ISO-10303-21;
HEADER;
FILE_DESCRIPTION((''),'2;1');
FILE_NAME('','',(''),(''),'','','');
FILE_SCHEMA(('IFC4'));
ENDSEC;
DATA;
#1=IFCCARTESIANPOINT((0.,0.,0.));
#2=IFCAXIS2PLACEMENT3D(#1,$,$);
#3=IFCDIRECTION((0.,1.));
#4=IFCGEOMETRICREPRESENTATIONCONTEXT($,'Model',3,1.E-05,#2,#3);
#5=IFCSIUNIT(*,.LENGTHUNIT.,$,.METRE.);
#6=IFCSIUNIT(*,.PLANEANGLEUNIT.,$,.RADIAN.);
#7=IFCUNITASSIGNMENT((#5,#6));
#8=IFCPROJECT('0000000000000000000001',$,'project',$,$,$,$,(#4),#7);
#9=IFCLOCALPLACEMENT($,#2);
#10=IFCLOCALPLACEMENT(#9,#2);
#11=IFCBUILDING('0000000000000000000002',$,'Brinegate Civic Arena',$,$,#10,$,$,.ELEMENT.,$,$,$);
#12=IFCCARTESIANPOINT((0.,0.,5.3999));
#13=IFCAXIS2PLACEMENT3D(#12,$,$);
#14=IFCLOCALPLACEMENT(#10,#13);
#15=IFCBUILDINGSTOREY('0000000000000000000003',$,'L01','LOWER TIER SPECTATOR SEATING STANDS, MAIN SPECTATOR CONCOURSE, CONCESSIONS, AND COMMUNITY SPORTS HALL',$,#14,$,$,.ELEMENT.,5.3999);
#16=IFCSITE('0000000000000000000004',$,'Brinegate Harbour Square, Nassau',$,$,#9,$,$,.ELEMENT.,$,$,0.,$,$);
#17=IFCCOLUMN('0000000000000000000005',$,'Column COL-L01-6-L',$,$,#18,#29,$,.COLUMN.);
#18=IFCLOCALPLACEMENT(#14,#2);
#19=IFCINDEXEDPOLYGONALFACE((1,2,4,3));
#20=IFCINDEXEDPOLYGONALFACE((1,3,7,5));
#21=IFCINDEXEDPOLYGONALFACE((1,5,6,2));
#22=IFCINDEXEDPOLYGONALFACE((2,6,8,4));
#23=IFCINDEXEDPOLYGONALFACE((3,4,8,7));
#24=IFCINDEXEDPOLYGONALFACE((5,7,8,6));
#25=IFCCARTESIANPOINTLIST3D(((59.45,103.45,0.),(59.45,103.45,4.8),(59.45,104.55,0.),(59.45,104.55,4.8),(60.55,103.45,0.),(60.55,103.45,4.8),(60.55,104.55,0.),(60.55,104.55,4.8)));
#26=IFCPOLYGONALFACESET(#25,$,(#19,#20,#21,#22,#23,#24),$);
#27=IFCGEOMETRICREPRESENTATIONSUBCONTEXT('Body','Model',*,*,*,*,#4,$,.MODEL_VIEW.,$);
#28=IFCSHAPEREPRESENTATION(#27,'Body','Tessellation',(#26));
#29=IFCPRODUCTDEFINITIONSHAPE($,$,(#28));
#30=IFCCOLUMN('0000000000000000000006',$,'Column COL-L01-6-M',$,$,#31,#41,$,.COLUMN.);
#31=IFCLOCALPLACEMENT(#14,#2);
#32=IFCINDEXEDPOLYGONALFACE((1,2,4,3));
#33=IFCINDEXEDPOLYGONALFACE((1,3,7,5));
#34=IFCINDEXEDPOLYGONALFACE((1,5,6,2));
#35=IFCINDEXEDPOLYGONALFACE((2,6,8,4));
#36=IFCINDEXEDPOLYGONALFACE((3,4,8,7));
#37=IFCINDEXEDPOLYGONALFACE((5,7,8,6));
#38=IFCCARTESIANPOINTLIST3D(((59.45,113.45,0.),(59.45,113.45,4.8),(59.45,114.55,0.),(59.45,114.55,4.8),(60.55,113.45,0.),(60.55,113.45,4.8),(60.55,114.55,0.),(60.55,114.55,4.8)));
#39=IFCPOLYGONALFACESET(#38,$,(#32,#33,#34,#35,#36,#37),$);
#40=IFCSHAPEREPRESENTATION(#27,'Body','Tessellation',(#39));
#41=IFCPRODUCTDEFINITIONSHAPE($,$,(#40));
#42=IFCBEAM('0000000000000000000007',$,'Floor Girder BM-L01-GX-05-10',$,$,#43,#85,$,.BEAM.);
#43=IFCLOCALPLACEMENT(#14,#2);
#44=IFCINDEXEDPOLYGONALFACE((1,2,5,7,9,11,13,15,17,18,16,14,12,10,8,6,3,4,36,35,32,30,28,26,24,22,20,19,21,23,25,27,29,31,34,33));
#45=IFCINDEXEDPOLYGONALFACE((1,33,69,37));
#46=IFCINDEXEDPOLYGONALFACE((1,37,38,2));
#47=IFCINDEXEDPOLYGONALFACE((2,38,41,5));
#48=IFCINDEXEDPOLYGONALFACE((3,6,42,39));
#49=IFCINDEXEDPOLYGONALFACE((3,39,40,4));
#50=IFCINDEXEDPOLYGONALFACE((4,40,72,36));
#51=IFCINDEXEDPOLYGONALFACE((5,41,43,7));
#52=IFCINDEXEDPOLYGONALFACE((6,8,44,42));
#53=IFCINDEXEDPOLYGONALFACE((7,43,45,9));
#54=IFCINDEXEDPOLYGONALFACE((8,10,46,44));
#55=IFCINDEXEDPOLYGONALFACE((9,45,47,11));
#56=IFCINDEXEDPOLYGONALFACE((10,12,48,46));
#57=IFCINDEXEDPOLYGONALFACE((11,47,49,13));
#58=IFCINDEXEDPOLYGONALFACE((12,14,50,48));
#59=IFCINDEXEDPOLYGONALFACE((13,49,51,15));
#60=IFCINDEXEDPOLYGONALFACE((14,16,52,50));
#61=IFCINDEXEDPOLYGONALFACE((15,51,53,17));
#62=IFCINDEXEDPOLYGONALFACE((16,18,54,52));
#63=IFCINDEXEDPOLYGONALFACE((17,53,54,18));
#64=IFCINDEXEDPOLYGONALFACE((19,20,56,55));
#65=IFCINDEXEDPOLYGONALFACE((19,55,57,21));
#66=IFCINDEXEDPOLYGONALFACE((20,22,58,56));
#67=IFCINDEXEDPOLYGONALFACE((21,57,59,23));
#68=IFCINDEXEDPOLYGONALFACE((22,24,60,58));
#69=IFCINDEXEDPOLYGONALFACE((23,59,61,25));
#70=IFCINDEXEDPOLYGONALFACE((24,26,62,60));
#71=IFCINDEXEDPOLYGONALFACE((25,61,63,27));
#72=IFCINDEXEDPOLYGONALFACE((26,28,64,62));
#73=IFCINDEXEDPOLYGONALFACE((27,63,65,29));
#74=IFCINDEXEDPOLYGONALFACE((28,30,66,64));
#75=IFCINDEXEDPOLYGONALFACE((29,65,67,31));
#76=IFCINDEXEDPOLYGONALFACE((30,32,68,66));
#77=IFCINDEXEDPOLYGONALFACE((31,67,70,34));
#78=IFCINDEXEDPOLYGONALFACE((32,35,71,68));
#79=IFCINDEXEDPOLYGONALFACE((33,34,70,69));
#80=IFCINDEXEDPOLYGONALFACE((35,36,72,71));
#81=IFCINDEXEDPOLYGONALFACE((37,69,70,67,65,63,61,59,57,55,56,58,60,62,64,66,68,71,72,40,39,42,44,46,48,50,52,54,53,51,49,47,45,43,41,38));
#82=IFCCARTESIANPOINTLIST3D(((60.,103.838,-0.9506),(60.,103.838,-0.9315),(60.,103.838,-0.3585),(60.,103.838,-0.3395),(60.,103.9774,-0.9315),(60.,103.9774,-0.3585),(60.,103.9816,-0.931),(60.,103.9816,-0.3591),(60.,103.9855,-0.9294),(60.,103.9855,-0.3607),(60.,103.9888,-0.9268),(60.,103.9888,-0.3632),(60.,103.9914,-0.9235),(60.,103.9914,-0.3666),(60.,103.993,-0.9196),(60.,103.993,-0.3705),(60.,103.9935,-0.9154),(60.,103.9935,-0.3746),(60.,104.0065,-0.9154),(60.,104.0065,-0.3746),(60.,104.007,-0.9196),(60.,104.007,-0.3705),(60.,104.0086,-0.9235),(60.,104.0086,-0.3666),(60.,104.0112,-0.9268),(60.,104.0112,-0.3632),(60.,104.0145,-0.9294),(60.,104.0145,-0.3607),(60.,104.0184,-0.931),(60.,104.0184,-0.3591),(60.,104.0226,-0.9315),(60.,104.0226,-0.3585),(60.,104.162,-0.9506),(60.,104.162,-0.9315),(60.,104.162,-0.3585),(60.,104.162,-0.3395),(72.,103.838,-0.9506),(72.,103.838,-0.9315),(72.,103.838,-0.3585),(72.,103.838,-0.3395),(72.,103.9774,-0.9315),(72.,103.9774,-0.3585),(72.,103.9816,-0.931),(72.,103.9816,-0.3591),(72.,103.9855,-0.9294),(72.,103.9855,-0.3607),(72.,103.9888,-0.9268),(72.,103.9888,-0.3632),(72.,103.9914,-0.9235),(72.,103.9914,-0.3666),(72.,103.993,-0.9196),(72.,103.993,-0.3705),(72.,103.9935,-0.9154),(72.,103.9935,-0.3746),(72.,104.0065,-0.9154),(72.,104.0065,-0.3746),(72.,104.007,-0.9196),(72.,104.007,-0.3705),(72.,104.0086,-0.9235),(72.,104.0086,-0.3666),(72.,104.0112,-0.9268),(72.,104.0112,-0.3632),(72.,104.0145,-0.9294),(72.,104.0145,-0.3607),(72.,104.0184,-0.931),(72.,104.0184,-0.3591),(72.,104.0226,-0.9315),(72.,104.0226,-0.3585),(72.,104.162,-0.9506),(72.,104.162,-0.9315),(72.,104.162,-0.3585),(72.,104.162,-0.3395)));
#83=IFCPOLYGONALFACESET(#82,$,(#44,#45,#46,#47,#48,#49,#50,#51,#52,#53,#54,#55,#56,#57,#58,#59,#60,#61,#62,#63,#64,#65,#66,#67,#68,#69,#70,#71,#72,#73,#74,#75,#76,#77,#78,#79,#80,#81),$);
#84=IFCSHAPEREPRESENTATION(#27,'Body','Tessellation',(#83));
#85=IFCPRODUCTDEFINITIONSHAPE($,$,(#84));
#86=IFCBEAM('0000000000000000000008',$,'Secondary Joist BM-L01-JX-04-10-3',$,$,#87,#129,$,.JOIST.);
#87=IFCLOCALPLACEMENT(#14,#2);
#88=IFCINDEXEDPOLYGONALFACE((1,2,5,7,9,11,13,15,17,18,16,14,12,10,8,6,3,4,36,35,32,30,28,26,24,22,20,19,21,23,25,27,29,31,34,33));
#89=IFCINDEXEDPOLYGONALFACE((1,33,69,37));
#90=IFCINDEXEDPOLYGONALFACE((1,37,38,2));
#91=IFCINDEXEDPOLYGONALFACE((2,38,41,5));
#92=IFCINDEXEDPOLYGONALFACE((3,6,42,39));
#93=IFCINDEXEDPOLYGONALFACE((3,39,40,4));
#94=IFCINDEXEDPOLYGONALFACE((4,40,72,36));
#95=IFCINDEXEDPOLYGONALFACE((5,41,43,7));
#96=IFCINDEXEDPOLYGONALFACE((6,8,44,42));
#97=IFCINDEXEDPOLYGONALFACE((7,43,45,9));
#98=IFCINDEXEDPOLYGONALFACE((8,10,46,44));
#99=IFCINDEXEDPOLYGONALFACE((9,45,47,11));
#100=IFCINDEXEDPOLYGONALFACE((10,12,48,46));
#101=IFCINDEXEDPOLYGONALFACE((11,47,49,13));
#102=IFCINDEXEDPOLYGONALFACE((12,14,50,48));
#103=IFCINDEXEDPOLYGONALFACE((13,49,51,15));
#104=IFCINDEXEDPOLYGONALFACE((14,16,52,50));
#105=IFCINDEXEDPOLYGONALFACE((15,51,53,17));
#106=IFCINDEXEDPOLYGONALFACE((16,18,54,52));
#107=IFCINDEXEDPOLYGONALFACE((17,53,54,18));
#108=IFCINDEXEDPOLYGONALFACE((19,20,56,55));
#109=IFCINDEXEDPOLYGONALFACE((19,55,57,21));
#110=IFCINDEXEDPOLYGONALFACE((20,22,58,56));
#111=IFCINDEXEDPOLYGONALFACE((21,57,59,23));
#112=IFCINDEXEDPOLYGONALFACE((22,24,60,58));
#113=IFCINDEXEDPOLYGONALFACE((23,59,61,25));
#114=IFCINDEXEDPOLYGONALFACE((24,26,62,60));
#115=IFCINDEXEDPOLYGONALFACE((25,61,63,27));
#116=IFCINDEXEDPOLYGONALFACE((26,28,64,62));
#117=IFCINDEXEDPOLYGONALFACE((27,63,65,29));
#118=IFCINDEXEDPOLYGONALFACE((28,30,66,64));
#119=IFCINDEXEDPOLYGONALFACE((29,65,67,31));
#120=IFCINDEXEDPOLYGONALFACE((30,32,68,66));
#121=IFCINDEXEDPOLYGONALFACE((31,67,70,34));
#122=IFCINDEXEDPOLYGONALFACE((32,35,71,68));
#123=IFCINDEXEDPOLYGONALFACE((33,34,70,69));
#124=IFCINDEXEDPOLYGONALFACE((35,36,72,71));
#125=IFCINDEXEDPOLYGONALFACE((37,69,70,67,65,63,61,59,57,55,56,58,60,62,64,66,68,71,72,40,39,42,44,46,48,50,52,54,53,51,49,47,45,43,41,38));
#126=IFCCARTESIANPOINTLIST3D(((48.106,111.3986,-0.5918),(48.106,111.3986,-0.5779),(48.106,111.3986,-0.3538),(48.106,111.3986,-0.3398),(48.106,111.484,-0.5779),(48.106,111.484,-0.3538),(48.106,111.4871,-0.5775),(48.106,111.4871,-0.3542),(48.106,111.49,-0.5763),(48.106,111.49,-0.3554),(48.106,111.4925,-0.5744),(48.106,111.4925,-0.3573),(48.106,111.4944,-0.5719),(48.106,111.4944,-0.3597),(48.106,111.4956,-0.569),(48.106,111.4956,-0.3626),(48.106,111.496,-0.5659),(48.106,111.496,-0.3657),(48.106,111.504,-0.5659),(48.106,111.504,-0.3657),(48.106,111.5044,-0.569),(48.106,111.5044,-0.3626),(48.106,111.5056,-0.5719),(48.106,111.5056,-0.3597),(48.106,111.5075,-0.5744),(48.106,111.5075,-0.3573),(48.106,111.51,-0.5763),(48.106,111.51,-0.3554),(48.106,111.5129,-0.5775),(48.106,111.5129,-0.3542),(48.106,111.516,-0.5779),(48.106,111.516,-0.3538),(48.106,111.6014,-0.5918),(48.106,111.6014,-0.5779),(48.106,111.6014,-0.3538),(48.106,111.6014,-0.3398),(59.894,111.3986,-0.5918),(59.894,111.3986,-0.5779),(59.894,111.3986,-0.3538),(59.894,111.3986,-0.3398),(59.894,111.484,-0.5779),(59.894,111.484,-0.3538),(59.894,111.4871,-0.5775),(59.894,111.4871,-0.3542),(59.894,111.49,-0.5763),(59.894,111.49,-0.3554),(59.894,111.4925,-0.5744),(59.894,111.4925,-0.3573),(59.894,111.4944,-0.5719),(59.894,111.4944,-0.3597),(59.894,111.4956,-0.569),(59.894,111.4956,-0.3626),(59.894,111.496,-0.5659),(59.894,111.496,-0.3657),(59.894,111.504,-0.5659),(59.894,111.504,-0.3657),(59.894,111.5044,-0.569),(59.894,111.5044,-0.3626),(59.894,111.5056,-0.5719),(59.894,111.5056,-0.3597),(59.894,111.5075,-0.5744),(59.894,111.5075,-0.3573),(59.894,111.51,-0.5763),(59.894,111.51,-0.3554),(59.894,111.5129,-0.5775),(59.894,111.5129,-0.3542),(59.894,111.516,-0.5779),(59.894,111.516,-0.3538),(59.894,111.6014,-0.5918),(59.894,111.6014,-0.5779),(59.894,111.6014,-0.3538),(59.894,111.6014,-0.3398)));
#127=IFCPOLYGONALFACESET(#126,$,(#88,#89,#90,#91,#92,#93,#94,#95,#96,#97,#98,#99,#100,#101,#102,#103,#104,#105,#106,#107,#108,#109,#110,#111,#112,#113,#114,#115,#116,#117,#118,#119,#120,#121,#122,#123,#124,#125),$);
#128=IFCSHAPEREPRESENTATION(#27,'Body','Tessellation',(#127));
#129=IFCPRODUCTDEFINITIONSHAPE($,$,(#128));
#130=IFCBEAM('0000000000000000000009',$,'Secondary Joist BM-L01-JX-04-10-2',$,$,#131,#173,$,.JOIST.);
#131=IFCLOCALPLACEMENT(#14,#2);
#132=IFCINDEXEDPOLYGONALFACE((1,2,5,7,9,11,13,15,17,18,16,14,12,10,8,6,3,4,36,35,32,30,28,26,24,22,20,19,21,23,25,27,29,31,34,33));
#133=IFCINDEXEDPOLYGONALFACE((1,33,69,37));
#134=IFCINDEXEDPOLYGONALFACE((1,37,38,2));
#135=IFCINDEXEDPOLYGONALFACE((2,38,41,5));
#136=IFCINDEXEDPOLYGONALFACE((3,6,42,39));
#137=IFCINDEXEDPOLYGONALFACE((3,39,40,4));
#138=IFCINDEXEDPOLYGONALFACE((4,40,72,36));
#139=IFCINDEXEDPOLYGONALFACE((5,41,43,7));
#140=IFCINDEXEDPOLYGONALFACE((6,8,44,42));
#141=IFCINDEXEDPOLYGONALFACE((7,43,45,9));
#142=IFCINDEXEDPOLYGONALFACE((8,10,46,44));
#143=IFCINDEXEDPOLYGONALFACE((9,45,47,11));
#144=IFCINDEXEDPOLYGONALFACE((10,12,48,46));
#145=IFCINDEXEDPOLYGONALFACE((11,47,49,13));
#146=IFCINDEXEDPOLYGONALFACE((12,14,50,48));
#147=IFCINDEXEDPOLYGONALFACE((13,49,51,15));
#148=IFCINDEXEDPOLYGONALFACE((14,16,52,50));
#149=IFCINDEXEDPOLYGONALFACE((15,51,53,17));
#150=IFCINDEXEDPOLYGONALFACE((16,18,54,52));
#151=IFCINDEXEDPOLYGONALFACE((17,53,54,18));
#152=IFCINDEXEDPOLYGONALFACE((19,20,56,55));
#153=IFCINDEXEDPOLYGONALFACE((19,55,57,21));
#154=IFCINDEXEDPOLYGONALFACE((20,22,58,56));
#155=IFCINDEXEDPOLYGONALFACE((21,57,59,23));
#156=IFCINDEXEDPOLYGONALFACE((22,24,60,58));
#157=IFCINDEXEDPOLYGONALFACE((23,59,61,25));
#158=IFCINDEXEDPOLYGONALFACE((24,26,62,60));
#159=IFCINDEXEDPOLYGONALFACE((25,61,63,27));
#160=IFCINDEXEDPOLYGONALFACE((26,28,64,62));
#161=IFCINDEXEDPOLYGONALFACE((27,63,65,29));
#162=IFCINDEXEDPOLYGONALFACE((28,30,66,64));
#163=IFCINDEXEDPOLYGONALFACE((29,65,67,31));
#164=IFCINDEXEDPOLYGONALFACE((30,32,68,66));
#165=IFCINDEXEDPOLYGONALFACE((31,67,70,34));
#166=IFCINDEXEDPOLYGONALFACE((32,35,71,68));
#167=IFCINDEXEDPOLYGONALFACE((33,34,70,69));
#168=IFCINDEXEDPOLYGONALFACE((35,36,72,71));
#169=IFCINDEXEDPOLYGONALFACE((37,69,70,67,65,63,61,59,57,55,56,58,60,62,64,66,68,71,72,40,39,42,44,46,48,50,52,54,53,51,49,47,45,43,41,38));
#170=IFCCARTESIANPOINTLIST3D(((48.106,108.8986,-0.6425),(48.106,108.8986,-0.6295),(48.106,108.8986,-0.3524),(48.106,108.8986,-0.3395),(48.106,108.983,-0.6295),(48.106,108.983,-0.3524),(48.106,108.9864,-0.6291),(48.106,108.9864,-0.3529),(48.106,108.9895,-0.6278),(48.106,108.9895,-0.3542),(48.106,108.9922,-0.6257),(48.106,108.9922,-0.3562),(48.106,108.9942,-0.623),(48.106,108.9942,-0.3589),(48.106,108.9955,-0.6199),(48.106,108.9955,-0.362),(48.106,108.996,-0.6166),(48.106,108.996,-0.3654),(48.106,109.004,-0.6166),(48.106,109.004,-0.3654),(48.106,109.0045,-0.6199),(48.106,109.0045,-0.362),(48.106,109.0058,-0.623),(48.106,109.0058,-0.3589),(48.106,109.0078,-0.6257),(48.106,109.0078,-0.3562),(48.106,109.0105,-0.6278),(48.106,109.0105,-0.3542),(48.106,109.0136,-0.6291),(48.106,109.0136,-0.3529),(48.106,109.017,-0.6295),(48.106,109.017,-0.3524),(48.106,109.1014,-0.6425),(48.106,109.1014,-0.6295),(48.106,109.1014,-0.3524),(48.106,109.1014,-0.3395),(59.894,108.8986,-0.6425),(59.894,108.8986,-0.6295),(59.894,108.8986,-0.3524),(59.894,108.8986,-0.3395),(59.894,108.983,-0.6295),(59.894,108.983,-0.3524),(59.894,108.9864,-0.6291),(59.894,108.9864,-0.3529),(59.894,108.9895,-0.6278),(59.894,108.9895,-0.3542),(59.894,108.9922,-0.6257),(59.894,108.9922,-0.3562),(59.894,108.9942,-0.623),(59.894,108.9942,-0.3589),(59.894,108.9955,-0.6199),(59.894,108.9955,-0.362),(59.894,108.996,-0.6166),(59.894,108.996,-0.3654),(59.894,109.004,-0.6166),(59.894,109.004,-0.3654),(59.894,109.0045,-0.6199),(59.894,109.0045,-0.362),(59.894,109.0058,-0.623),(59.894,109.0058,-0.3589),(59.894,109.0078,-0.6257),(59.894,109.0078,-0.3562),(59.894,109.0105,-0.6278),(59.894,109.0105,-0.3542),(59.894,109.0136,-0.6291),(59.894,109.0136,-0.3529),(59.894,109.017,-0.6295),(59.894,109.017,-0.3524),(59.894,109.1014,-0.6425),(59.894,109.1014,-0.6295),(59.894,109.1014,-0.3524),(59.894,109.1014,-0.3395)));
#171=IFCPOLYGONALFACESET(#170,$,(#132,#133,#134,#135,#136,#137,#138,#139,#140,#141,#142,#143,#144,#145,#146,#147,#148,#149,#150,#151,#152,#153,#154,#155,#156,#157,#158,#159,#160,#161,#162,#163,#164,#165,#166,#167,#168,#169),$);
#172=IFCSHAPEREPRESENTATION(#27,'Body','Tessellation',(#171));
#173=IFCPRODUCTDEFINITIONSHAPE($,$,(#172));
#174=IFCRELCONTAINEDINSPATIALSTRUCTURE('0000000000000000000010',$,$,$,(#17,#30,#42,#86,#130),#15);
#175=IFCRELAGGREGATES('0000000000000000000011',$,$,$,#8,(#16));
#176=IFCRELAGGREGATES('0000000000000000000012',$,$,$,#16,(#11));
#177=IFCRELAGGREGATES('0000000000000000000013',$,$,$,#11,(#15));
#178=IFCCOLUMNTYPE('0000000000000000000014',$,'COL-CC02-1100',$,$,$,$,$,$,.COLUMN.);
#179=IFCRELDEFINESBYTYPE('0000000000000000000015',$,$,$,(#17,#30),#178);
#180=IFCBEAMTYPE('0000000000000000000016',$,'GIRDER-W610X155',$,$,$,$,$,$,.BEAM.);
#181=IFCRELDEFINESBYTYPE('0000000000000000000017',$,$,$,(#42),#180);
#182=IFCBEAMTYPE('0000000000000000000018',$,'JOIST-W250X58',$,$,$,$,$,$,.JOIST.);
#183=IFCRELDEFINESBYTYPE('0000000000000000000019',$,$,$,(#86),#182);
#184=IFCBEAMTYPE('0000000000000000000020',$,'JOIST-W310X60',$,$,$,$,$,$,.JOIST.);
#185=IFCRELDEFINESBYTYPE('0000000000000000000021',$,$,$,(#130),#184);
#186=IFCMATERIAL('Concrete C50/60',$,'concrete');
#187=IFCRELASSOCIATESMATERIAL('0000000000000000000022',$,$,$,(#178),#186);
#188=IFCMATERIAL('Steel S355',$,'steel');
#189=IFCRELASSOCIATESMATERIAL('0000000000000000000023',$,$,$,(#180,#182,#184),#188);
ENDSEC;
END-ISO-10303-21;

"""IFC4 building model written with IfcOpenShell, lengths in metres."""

from ifc_helpers import new_model, si_unit, direction, frame, origin, origin_2d, place, context, subcontext, project, spatial, rectangle, i_section, extrude, material, material_profile, profile_set, type_object, element, save


model = new_model("IFC4")

# Units and contexts
model_context = context("Model", 3, precision=1e-05, world=origin(), true_north=direction((0.0, 1.0)))
body_context = subcontext(model_context, "Body", "Model", "MODEL_VIEW")
ifc_project = project(units=[si_unit("LENGTHUNIT", "METRE"), si_unit("PLANEANGLEUNIT", "RADIAN")], contexts=[model_context])

# Site, building, storey
site_placement = place(None, origin())
site = spatial("IfcSite", under=ifc_project, at=site_placement, Name="Brinegate Harbour Square, Nassau", CompositionType="ELEMENT", RefElevation=0.0)
building_placement = place(site_placement, origin())
building = spatial("IfcBuilding", under=site, at=building_placement, Name="Brinegate Civic Arena", CompositionType="ELEMENT")
storey_placement = place(building_placement, frame((0.0, 0.0, 5.3999)))
storey = spatial("IfcBuildingStorey", under=building, at=storey_placement, Name="L01", Description="LOWER TIER SPECTATOR SEATING STANDS, MAIN SPECTATOR CONCOURSE, CONCESSIONS, AND COMMUNITY SPORTS HALL", CompositionType="ELEMENT", Elevation=5.3999)

# Columns
ifc_material_1 = material(Name="Concrete C50/60", Category="concrete")
ifc_material_profile_1 = material_profile(ifc_material_1, rectangle(XDim=1.1001, YDim=1.1001, at=origin_2d()), Name="RC1100X1100")
ifc_profile_set_1 = profile_set([ifc_material_profile_1], Name="Concrete C50/60")
column_type = type_object("IfcColumnType", Name="COL-CC02-1100", PredefinedType="COLUMN", material=ifc_profile_set_1)
for number, where, z_axis, x_axis, name in (
    (1, (60.0, 104.0, 0.0), (0.0, 0.0, 1.0), (1.0, 0.0, 0.0), "Column COL-L01-6-L"),
    (2, (60.0, 114.0, 0.0), (0.0, 0.0, 1.0), (1.0, 0.0, 0.0), "Column COL-L01-6-M"),
):
    element("IfcColumn", number, at=place(storey_placement, frame(where, z_axis=z_axis, x_axis=x_axis)), inside=storey, type_object=column_type, Name=name, PredefinedType="COLUMN", context=body_context, shape_type="SweptSolid", body=[
        extrude(rectangle(XDim=1.1001, YDim=1.1001, at=origin_2d()), origin(), (0.0, 0.0, 1.0), 4.8),
    ])

# Beams
ifc_material_2 = material(Name="Steel S355", Category="steel")
ifc_material_profile_2 = material_profile(ifc_material_2, i_section(OverallWidth=0.324, OverallDepth=0.6111, WebThickness=0.0129, FlangeThickness=0.019, FilletRadius=0.0161, at=origin_2d()), Name="W610X155")
ifc_profile_set_2 = profile_set([ifc_material_profile_2], Name="Steel S355")
beam_type_1 = type_object("IfcBeamType", Name="GIRDER-W610X155", PredefinedType="BEAM", material=ifc_profile_set_2)
beam_1_placement = place(storey_placement, frame((60.0, 104.0, -0.645), z_axis=(1.0, 0.0, 0.0), x_axis=(0.0, 1.0, 0.0)))
element("IfcBeam", 3, at=beam_1_placement, inside=storey, type_object=beam_type_1, Name="Floor Girder BM-L01-GX-05-10", PredefinedType="BEAM", context=body_context, shape_type="SweptSolid", body=[
    extrude(i_section(OverallWidth=0.324, OverallDepth=0.6111, WebThickness=0.0129, FlangeThickness=0.019, FilletRadius=0.0161, at=origin_2d()), origin(), (0.0, 0.0, 1.0), 12.0),
])
ifc_material_profile_3 = material_profile(ifc_material_2, i_section(OverallWidth=0.2029, OverallDepth=0.252, WebThickness=0.0081, FlangeThickness=0.0139, FilletRadius=0.012, at=origin_2d()), Name="W250X58")
ifc_profile_set_3 = profile_set([ifc_material_profile_3], Name="Steel S355")
beam_type_2 = type_object("IfcBeamType", Name="JOIST-W250X58", PredefinedType="JOIST", material=ifc_profile_set_3)
beam_2_placement = place(storey_placement, frame((48.106, 111.5, -0.4658), z_axis=(1.0, 0.0, 0.0), x_axis=(0.0, 1.0, 0.0)))
element("IfcBeam", 4, at=beam_2_placement, inside=storey, type_object=beam_type_2, Name="Secondary Joist BM-L01-JX-04-10-3", PredefinedType="JOIST", context=body_context, shape_type="SweptSolid", body=[
    extrude(i_section(OverallWidth=0.2029, OverallDepth=0.252, WebThickness=0.0081, FlangeThickness=0.0139, FilletRadius=0.012, at=origin_2d()), origin(), (0.0, 0.0, 1.0), 11.7881),
])
ifc_material_profile_4 = material_profile(ifc_material_2, i_section(OverallWidth=0.2029, OverallDepth=0.303, WebThickness=0.0081, FlangeThickness=0.0129, FilletRadius=0.0129, at=origin_2d()), Name="W310X60")
ifc_profile_set_4 = profile_set([ifc_material_profile_4], Name="Steel S355")
beam_type_3 = type_object("IfcBeamType", Name="JOIST-W310X60", PredefinedType="JOIST", material=ifc_profile_set_4)
beam_3_placement = place(storey_placement, frame((48.106, 109.0, -0.491), z_axis=(1.0, 0.0, 0.0), x_axis=(0.0, 1.0, 0.0)))
element("IfcBeam", 5, at=beam_3_placement, inside=storey, type_object=beam_type_3, Name="Secondary Joist BM-L01-JX-04-10-2", PredefinedType="JOIST", context=body_context, shape_type="SweptSolid", body=[
    extrude(i_section(OverallWidth=0.2029, OverallDepth=0.303, WebThickness=0.0081, FlangeThickness=0.0129, FilletRadius=0.0129, at=origin_2d()), origin(), (0.0, 0.0, 1.0), 11.7881),
])

save(model, "model.ifc")
